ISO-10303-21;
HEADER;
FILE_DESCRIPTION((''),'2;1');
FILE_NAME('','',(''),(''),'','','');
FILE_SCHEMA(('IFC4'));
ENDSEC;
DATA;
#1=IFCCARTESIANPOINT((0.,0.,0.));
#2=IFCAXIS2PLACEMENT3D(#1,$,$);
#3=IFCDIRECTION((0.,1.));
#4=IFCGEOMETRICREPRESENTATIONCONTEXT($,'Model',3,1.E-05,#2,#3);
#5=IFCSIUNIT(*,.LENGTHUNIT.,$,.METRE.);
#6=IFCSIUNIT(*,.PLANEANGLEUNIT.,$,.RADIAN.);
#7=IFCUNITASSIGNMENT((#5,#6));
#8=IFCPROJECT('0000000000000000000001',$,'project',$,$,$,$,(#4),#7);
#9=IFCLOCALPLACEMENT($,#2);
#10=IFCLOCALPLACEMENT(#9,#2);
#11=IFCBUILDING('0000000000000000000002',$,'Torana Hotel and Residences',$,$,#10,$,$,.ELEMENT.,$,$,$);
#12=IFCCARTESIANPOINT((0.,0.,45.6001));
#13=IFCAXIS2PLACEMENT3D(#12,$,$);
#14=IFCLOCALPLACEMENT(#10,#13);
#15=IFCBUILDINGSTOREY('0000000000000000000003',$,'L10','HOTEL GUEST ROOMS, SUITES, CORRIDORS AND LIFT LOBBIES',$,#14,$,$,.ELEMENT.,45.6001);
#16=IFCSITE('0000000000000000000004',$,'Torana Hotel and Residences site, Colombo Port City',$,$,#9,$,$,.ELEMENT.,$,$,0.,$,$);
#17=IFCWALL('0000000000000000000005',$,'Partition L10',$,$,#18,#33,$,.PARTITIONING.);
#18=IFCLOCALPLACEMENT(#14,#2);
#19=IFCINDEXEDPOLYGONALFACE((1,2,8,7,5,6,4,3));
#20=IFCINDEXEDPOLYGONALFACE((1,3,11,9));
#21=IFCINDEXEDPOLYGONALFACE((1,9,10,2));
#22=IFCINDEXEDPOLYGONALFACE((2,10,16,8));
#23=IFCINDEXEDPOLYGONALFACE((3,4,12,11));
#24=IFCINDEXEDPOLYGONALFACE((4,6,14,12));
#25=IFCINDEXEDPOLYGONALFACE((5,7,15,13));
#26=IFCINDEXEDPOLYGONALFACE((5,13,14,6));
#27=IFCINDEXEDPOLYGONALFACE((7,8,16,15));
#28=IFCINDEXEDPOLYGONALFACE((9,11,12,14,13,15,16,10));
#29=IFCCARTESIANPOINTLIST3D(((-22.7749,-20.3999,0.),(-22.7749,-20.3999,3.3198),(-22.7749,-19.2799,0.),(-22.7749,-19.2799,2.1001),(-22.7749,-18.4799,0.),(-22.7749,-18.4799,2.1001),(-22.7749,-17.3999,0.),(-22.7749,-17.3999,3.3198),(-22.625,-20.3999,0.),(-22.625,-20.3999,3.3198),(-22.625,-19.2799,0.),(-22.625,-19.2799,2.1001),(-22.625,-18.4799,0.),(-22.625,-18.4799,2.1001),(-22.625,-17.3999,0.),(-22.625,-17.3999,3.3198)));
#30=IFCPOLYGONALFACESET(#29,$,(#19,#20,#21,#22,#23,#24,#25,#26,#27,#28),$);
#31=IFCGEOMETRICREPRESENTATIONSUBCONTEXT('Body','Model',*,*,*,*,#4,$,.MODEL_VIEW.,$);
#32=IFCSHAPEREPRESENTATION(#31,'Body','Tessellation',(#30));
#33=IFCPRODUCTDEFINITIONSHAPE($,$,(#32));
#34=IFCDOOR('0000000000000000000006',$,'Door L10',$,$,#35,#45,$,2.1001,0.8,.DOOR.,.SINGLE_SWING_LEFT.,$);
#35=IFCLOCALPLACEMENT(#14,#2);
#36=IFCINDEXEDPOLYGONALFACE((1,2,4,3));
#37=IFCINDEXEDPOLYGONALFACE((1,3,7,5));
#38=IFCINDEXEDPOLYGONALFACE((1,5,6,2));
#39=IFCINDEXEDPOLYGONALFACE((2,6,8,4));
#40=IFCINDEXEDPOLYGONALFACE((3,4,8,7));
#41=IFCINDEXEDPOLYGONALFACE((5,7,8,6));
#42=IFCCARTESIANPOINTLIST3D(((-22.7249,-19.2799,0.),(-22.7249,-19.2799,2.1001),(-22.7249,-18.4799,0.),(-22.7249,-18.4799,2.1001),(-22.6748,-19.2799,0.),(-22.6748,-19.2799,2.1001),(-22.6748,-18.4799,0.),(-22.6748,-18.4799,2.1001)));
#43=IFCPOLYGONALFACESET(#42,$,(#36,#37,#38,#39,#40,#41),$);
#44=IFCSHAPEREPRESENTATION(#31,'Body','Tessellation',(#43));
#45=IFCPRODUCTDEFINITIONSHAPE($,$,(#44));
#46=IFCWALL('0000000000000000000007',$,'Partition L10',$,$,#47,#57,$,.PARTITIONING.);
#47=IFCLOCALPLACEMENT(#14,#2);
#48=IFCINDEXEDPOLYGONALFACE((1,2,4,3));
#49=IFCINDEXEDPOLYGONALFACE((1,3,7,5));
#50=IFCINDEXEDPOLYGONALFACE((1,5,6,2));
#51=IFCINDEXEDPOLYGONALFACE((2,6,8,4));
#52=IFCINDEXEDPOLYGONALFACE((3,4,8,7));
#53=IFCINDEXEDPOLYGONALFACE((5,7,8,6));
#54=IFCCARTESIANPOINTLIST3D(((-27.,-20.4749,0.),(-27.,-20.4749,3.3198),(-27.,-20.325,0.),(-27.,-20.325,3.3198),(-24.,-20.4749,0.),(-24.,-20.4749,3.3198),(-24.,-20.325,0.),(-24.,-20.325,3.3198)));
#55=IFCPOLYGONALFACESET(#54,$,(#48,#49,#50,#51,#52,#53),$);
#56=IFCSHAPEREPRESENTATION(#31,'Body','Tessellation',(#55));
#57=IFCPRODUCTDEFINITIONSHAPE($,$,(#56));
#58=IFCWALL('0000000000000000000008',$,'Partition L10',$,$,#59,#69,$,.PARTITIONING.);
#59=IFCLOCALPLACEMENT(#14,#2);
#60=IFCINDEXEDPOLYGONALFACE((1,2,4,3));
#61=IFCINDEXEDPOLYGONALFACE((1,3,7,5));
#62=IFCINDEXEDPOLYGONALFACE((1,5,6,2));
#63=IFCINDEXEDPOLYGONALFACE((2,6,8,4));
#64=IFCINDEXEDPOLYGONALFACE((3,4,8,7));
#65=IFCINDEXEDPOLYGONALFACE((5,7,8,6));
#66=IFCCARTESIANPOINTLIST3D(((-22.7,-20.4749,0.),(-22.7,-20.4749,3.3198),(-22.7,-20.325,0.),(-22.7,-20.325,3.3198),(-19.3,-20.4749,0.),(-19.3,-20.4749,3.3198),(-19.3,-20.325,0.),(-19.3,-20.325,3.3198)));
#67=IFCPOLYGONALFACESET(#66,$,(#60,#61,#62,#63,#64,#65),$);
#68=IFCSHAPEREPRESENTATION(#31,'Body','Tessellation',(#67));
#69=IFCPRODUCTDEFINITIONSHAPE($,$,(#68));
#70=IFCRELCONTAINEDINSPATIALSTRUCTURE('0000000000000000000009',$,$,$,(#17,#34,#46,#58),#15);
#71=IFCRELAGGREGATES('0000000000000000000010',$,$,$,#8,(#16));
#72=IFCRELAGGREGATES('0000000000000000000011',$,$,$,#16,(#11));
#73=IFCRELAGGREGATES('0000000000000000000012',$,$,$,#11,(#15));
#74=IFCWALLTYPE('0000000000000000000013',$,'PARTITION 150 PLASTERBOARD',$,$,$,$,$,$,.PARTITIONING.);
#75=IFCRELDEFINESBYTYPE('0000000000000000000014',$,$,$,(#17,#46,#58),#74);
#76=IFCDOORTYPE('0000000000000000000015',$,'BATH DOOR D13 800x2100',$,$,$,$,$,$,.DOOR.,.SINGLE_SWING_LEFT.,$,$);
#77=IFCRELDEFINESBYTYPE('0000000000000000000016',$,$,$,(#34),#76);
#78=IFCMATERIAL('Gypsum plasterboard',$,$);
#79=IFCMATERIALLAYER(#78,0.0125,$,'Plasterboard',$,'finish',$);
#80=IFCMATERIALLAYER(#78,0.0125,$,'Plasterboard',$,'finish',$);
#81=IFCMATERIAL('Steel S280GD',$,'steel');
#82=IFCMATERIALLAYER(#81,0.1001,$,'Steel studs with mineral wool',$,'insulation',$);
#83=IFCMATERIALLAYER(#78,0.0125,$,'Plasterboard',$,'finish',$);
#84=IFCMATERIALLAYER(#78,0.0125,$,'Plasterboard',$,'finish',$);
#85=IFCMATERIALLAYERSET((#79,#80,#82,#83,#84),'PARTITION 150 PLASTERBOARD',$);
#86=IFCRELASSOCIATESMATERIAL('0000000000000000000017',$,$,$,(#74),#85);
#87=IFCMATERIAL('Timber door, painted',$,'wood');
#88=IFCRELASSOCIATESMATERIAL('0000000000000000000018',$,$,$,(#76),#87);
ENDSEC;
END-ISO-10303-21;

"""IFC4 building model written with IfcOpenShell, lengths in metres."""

from ifc_helpers import new_model, si_unit, direction, frame, frame_2d, origin, place, context, subcontext, project, spatial, rectangle, extrude, material, layer, layer_set, type_object, element, fill, save


model = new_model("IFC4")

# Units and contexts
model_context = context("Model", 3, precision=1e-05, world=origin(), true_north=direction((0.0, 1.0)))
body_context = subcontext(model_context, "Body", "Model", "MODEL_VIEW")
ifc_project = project(units=[si_unit("LENGTHUNIT", "METRE"), si_unit("PLANEANGLEUNIT", "RADIAN")], contexts=[model_context])

# Site, building, storey
site_placement = place(None, origin())
site = spatial("IfcSite", under=ifc_project, at=site_placement, Name="Torana Hotel and Residences site, Colombo Port City", CompositionType="ELEMENT", RefElevation=0.0)
building_placement = place(site_placement, origin())
building = spatial("IfcBuilding", under=site, at=building_placement, Name="Torana Hotel and Residences", CompositionType="ELEMENT")
storey_placement = place(building_placement, frame((0.0, 0.0, 45.6001)))
storey = spatial("IfcBuildingStorey", under=building, at=storey_placement, Name="L10", Description="HOTEL GUEST ROOMS, SUITES, CORRIDORS AND LIFT LOBBIES", CompositionType="ELEMENT", Elevation=45.6001)

# Wall, opening, door
ifc_material_1 = material(Name="Gypsum plasterboard")
ifc_layer_1 = layer(ifc_material_1, 0.0125, Name="Plasterboard", Category="finish")
ifc_layer_2 = layer(ifc_material_1, 0.0125, Name="Plasterboard", Category="finish")
ifc_material_2 = material(Name="Steel S280GD", Category="steel")
ifc_layer_3 = layer(ifc_material_2, 0.1001, Name="Steel studs with mineral wool", Category="insulation")
ifc_layer_4 = layer(ifc_material_1, 0.0125, Name="Plasterboard", Category="finish")
ifc_layer_5 = layer(ifc_material_1, 0.0125, Name="Plasterboard", Category="finish")
ifc_layer_set_1 = layer_set([ifc_layer_1, ifc_layer_2, ifc_layer_3, ifc_layer_4, ifc_layer_5], Name="PARTITION 150 PLASTERBOARD")
wall_type_1 = type_object("IfcWallType", Name="PARTITION 150 PLASTERBOARD", PredefinedType="PARTITIONING", material=ifc_layer_set_1)
ifc_material_3 = material(Name="Timber door, painted", Category="wood")
door_type_1 = type_object("IfcDoorType", Name="BATH DOOR D13 800x2100", OperationType="SINGLE_SWING_LEFT", PredefinedType="DOOR", material=ifc_material_3)
wall_1_placement = place(storey_placement, frame((-22.7, -20.3999, 0.0), z_axis=(0.0, 0.0, 1.0), x_axis=(0.0, 1.0, 0.0)))
wall_1 = element("IfcWall", 1, at=wall_1_placement, inside=storey, type_object=wall_type_1, Name="Partition L10", PredefinedType="PARTITIONING", context=body_context, shape_type="SweptSolid", body=[
    extrude(rectangle(XDim=3.0, YDim=0.1499, at=frame_2d((1.5, 0.0))), origin(), (0.0, 0.0, 1.0), 3.3198),
])
opening_1_placement = place(wall_1_placement, frame((1.1201, 0.0, 0.0)))
opening_1 = element("IfcOpeningElement", 2, at=opening_1_placement, cuts=wall_1, PredefinedType="OPENING", context=body_context, shape_type="SweptSolid", body=[
    extrude(rectangle(XDim=0.8, YDim=2.1001, at=frame_2d((0.3999, 1.05))), frame((0.0, 0.085, 0.0), z_axis=(0.0, -1.0, 0.0), x_axis=(1.0, 0.0, 0.0)), (0.0, 0.0, 1.0), 0.1699),
])
door_1_placement = place(opening_1_placement, origin())
door_1 = element("IfcDoor", 3, at=door_1_placement, inside=storey, type_object=door_type_1, Name="Door L10", OperationType="SINGLE_SWING_LEFT", OverallHeight=2.1001, OverallWidth=0.8, PredefinedType="DOOR", context=body_context, shape_type="SweptSolid", body=[
    extrude(rectangle(XDim=0.8, YDim=2.1001, at=frame_2d((0.3999, 1.05))), frame((0.0, 0.0249, 0.0), z_axis=(0.0, -1.0, 0.0), x_axis=(1.0, 0.0, 0.0)), (0.0, 0.0, 1.0), 0.05),
])
fill(opening_1, door_1)

# Walls
wall_2_placement = place(storey_placement, frame((-27.0, -20.3999, 0.0), z_axis=(0.0, 0.0, 1.0), x_axis=(1.0, 0.0, 0.0)))
element("IfcWall", 4, at=wall_2_placement, inside=storey, type_object=wall_type_1, Name="Partition L10", PredefinedType="PARTITIONING", context=body_context, shape_type="SweptSolid", body=[
    extrude(rectangle(XDim=3.0, YDim=0.1499, at=frame_2d((1.5, 0.0))), origin(), (0.0, 0.0, 1.0), 3.3198),
])
wall_3_placement = place(storey_placement, frame((-22.7, -20.3999, 0.0), z_axis=(0.0, 0.0, 1.0), x_axis=(1.0, 0.0, 0.0)))
element("IfcWall", 5, at=wall_3_placement, inside=storey, type_object=wall_type_1, Name="Partition L10", PredefinedType="PARTITIONING", context=body_context, shape_type="SweptSolid", body=[
    extrude(rectangle(XDim=3.3999, YDim=0.1499, at=frame_2d((1.7, 0.0))), origin(), (0.0, 0.0, 1.0), 3.3198),
])

save(model, "model.ifc")
